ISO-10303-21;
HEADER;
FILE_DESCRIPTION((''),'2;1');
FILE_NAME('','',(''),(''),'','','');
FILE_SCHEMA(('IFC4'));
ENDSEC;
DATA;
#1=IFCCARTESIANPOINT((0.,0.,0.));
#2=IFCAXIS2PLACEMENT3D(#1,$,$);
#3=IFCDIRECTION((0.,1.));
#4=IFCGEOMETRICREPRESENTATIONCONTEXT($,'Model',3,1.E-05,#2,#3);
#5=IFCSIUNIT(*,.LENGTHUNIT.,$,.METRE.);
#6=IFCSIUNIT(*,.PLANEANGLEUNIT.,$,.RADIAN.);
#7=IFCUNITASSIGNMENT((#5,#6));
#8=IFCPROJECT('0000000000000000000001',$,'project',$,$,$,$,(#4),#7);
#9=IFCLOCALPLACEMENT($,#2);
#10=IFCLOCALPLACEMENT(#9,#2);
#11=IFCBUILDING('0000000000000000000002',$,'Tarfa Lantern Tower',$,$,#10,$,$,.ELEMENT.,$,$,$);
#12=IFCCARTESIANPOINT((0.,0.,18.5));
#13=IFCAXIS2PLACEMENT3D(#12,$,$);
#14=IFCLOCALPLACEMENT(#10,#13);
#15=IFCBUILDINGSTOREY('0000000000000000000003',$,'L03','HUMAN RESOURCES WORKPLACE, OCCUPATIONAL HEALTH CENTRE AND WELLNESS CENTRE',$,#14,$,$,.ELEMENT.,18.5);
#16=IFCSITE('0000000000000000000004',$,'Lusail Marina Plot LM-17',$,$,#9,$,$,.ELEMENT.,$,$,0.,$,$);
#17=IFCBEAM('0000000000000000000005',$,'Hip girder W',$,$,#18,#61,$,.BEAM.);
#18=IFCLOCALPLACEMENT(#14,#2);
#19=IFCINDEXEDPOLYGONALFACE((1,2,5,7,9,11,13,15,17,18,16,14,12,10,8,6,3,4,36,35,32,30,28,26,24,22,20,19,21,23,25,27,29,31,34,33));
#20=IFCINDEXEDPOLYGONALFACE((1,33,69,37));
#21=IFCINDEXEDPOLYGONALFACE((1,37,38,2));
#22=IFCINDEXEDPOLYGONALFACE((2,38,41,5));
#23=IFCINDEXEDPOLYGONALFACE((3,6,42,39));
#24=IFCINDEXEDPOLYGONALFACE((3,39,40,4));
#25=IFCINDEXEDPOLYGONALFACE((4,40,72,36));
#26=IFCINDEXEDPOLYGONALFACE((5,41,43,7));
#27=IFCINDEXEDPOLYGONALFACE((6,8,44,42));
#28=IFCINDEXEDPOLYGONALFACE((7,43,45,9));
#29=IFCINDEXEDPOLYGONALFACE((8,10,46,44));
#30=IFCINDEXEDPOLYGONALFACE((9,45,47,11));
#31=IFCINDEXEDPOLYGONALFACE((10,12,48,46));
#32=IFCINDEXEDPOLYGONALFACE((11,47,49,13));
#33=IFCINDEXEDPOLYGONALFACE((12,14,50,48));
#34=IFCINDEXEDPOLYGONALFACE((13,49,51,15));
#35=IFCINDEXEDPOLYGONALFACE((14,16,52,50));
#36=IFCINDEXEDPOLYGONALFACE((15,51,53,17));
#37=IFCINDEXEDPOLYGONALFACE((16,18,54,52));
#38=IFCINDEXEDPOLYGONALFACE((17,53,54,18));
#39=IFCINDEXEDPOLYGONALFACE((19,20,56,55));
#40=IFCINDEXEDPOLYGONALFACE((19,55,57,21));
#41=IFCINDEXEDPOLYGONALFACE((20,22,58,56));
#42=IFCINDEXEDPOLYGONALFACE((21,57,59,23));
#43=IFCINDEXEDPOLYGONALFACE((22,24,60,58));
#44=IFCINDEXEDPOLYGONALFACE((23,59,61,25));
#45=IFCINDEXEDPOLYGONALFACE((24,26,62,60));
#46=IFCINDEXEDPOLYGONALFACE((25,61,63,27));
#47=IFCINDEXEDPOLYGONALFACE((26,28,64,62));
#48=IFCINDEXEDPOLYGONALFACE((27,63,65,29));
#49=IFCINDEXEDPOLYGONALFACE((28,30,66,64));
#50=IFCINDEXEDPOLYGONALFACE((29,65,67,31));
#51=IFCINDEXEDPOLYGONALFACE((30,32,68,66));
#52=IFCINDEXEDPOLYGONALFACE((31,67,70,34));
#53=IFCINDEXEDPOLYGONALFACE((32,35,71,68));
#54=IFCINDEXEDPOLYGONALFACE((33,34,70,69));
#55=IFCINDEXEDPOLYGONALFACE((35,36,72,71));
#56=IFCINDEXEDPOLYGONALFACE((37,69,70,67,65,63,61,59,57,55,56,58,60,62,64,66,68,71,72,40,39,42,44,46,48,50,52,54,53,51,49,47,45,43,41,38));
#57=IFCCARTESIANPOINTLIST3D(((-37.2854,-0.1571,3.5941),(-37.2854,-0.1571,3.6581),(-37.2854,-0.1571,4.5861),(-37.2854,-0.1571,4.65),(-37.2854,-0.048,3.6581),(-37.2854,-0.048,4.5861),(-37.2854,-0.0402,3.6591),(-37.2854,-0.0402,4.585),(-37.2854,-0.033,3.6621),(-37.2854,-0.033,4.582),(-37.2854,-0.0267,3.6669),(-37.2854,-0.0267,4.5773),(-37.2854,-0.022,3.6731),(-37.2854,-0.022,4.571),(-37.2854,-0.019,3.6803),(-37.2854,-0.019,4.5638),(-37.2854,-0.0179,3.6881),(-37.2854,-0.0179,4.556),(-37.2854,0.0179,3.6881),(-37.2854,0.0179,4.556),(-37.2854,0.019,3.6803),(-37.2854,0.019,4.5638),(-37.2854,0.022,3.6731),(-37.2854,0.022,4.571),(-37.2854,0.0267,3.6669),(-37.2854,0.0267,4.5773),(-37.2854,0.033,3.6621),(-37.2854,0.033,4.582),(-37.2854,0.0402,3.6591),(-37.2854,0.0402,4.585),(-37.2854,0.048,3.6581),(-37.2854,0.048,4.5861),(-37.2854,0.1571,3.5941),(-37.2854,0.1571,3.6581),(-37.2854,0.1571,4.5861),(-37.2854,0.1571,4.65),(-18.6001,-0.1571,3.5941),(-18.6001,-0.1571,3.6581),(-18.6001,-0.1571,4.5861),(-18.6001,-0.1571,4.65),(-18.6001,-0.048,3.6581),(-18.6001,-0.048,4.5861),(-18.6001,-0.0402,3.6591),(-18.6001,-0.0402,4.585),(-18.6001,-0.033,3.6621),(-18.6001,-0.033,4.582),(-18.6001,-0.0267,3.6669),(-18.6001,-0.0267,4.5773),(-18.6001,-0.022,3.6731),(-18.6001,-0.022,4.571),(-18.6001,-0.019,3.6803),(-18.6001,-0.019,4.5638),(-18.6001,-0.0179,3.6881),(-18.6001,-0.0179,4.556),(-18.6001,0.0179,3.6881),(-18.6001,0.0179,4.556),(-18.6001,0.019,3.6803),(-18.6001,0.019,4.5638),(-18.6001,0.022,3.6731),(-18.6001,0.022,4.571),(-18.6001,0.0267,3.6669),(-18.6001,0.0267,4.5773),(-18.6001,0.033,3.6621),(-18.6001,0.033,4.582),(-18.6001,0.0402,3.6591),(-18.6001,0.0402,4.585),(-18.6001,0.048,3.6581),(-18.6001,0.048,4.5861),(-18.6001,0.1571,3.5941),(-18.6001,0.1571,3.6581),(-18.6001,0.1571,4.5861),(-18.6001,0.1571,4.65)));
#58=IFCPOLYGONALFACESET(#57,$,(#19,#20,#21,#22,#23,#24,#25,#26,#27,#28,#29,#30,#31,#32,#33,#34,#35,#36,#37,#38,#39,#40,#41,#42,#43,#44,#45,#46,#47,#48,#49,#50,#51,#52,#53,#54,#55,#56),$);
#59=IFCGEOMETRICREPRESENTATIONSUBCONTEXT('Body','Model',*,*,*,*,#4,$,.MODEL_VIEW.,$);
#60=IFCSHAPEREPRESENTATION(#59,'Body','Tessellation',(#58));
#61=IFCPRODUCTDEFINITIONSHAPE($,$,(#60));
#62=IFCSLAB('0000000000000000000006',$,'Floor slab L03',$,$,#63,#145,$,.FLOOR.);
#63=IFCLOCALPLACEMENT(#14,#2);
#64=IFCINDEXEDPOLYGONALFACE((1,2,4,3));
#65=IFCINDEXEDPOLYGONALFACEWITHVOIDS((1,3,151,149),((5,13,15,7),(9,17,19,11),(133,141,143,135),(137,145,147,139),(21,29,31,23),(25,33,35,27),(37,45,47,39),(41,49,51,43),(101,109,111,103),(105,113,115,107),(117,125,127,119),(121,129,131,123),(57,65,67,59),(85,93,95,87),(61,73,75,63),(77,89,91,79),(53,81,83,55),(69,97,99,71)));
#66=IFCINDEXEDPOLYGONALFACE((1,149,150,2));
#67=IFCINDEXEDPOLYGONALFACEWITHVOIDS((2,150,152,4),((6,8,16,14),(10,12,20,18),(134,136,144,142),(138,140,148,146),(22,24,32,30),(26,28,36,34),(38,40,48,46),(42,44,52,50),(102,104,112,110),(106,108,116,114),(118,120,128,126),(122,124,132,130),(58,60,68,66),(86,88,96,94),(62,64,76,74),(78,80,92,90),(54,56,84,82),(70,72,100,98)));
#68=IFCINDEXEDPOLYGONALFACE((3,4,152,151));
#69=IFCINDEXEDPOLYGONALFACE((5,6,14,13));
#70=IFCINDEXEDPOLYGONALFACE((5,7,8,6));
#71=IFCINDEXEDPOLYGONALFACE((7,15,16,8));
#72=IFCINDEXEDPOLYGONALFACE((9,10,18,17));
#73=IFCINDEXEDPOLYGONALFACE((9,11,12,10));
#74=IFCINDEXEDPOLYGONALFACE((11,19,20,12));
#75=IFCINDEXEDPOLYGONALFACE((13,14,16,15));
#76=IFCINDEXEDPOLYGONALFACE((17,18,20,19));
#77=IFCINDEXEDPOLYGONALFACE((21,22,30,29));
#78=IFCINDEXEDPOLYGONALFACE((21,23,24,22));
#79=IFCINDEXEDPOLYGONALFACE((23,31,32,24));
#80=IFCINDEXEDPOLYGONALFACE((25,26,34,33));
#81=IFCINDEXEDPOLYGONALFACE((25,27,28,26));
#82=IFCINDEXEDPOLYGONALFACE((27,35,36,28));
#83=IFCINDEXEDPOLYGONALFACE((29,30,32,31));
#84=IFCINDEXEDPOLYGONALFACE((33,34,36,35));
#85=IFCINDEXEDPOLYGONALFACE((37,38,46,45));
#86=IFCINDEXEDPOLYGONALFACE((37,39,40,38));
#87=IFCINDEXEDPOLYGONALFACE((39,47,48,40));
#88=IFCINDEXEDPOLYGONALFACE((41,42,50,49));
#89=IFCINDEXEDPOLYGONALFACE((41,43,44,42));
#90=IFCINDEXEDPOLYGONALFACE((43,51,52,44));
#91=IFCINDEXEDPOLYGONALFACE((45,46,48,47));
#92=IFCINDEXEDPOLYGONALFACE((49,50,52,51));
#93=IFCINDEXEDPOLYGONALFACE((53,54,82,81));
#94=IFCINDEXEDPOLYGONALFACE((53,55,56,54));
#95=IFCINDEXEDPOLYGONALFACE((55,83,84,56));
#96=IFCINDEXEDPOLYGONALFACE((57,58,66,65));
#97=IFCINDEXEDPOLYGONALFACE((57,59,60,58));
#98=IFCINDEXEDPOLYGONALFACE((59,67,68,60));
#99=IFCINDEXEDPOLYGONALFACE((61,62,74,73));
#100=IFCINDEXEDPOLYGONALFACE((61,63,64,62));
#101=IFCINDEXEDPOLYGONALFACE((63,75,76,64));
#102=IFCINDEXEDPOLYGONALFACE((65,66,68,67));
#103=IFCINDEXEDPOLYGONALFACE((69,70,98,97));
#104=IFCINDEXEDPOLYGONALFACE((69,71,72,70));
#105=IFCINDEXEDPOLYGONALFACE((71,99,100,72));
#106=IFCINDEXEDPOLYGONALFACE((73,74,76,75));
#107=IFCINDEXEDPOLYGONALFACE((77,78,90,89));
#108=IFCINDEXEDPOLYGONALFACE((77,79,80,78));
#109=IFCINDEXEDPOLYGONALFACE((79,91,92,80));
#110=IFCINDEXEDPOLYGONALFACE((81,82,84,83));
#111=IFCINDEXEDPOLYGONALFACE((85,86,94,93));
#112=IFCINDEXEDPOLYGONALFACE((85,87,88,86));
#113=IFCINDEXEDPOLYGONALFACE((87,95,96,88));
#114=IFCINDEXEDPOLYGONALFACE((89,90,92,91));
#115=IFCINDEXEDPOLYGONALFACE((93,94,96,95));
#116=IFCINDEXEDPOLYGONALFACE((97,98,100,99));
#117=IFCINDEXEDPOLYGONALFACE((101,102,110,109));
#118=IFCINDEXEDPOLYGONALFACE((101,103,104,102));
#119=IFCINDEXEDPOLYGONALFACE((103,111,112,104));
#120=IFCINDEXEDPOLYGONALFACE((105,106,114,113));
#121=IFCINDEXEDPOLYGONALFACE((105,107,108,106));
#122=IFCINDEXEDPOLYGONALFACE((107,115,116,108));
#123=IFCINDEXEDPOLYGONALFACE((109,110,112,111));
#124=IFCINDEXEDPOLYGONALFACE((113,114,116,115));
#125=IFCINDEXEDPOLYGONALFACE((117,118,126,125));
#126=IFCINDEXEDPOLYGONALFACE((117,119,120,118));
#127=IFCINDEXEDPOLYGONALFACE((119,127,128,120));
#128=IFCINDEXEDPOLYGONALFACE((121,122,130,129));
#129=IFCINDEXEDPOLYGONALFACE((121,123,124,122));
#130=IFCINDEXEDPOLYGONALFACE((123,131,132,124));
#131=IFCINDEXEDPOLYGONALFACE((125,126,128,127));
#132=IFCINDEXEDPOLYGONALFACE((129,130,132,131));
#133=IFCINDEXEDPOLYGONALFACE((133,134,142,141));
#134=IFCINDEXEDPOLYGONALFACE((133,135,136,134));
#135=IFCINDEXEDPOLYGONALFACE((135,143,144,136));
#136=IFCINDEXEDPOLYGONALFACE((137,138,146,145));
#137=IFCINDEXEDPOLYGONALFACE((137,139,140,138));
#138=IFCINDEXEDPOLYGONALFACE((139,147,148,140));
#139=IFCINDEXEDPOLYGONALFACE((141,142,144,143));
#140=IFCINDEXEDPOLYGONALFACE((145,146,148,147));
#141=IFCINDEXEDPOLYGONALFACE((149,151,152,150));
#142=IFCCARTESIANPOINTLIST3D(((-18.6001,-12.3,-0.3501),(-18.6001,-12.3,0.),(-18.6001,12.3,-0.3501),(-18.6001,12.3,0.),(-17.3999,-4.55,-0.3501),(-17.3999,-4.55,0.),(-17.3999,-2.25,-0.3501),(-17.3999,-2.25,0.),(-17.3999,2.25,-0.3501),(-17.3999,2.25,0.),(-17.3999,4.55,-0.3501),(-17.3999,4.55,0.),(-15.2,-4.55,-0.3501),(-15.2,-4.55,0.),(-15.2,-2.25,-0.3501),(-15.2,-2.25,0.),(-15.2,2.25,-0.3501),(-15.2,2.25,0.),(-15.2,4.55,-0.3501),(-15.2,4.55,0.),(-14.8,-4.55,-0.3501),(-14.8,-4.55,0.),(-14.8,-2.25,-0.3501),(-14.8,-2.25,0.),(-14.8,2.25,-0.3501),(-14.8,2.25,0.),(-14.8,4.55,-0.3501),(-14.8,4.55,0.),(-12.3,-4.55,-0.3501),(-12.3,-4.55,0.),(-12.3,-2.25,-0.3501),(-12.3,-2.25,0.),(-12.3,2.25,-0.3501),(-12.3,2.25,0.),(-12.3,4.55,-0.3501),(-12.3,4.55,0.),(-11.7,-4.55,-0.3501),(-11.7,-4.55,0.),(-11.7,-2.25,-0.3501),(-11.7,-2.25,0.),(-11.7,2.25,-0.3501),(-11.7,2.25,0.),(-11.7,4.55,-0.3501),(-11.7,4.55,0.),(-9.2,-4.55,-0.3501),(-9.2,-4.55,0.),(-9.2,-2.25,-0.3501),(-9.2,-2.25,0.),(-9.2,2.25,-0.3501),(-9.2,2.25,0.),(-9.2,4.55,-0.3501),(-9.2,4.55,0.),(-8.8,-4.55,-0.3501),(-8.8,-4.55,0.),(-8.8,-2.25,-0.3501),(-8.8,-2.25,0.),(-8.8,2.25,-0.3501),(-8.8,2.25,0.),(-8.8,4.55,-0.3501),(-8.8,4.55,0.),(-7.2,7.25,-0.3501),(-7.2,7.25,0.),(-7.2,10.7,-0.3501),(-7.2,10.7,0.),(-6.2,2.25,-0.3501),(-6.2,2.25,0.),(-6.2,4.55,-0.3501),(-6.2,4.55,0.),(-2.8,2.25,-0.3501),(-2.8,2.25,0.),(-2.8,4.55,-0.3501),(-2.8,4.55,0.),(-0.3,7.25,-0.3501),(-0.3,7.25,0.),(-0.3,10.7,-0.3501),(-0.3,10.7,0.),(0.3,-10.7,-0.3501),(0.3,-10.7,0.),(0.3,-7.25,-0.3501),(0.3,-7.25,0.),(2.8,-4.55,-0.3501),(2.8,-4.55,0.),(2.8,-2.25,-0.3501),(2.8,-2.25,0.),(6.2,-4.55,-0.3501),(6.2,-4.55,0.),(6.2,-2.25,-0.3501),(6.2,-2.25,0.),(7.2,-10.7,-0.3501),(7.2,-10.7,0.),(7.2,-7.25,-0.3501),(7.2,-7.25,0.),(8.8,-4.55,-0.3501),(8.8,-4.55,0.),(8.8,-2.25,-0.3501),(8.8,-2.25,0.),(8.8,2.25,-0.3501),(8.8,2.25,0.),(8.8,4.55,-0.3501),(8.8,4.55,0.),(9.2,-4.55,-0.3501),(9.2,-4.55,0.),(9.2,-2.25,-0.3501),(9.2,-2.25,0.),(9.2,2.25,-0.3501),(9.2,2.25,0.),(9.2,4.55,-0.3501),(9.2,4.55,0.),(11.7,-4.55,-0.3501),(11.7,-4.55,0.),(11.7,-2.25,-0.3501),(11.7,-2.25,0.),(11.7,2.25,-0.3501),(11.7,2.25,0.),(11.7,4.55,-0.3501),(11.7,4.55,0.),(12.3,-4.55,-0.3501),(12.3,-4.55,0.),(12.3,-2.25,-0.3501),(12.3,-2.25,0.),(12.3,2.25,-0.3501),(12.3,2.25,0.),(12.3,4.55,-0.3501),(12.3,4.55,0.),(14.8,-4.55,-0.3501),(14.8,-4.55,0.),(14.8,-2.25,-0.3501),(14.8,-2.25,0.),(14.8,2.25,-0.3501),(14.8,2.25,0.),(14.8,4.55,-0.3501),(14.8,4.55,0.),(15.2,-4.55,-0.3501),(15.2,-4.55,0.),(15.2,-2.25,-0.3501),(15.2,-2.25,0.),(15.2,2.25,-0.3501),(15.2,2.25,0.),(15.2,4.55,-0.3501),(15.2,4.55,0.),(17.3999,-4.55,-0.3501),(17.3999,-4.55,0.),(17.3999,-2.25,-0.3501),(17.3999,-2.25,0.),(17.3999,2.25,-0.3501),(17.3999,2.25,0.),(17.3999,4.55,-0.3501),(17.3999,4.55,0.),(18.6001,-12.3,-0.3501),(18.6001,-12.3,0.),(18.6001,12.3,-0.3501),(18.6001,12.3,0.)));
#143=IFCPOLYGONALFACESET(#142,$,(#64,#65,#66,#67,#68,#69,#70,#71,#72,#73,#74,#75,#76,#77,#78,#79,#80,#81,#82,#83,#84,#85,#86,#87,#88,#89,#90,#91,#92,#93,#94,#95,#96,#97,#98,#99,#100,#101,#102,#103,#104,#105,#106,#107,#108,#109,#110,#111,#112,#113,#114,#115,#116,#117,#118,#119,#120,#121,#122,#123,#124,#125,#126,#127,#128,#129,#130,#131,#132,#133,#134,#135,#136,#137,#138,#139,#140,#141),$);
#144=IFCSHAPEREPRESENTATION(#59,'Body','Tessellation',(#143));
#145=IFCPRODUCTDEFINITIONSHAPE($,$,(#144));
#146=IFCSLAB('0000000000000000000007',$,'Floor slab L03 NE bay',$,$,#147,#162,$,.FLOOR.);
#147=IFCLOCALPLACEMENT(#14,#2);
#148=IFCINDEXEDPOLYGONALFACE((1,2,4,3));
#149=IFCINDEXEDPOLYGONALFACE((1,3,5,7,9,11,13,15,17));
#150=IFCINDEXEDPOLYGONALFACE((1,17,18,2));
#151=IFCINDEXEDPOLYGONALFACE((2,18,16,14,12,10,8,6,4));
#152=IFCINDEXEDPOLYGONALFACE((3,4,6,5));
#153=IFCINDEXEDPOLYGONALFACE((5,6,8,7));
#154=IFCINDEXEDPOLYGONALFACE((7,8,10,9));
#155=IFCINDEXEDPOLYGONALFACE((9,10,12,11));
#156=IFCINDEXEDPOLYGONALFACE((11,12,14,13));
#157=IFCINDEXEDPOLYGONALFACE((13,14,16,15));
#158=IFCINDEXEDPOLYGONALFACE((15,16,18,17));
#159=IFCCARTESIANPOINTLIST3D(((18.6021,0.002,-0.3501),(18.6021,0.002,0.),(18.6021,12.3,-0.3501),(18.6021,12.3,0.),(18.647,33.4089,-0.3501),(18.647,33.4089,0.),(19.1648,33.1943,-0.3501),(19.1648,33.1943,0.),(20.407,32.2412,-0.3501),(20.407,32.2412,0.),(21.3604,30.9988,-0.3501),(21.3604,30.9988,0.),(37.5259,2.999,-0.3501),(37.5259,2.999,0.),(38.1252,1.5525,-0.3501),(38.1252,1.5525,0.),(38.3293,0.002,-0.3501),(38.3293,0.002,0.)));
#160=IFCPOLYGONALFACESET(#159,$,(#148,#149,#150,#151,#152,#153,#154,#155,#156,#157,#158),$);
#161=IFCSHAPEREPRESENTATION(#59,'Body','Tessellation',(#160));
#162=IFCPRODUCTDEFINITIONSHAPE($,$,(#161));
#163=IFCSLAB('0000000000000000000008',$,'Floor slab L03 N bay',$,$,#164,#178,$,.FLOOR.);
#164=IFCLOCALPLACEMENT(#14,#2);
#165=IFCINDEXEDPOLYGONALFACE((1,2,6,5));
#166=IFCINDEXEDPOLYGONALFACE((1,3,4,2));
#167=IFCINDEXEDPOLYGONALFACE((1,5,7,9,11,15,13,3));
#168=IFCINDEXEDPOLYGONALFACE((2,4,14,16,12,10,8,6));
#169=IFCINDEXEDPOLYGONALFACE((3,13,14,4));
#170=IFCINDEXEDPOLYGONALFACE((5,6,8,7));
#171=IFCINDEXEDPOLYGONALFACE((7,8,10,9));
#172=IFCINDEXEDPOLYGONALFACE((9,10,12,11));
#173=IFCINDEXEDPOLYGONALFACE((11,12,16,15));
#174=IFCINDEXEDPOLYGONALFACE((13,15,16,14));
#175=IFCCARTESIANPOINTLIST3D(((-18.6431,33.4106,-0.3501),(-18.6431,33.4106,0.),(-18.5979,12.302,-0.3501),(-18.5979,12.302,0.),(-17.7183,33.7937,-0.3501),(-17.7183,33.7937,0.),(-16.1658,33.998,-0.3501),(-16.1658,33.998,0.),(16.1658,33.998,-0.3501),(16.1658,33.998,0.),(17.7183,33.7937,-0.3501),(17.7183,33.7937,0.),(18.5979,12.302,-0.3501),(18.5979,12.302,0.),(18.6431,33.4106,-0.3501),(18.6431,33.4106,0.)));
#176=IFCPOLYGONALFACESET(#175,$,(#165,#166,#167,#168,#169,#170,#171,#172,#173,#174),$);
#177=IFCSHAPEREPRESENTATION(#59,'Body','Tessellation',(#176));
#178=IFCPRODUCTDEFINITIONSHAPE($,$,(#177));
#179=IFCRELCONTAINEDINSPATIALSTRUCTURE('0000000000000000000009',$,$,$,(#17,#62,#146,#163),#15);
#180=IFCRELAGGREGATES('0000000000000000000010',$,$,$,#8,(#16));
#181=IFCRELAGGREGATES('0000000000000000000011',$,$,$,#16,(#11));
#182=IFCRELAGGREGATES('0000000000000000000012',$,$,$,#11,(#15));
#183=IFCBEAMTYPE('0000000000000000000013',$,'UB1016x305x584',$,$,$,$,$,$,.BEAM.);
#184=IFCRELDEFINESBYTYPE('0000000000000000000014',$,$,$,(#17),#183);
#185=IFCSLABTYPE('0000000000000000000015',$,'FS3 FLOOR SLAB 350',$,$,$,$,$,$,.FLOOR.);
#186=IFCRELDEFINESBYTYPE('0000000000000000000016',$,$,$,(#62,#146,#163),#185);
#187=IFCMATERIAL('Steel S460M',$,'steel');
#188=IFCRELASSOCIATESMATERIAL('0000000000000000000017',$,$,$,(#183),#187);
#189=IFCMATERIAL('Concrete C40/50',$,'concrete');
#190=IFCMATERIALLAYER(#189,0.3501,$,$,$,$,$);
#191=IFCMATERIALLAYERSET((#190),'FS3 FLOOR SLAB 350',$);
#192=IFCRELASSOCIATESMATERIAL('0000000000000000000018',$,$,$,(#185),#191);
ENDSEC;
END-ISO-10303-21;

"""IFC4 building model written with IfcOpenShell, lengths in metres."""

from ifc_helpers import new_model, si_unit, direction, frame, origin, origin_2d, place, context, subcontext, project, spatial, polyline, i_section, outline, extrude, material, layer, layer_set, material_profile, profile_set, type_object, element, save


model = new_model("IFC4")

# Units and contexts
model_context = context("Model", 3, precision=1e-05, world=origin(), true_north=direction((0.0, 1.0)))
body_context = subcontext(model_context, "Body", "Model", "MODEL_VIEW")
ifc_project = project(units=[si_unit("LENGTHUNIT", "METRE"), si_unit("PLANEANGLEUNIT", "RADIAN")], contexts=[model_context])

# Site, building, storey
site_placement = place(None, origin())
site = spatial("IfcSite", under=ifc_project, at=site_placement, Name="Lusail Marina Plot LM-17", CompositionType="ELEMENT", RefElevation=0.0)
building_placement = place(site_placement, origin())
building = spatial("IfcBuilding", under=site, at=building_placement, Name="Tarfa Lantern Tower", CompositionType="ELEMENT")
storey_placement = place(building_placement, frame((0.0, 0.0, 18.5)))
storey = spatial("IfcBuildingStorey", under=building, at=storey_placement, Name="L03", Description="HUMAN RESOURCES WORKPLACE, OCCUPATIONAL HEALTH CENTRE AND WELLNESS CENTRE", CompositionType="ELEMENT", Elevation=18.5)

# Beam
ifc_material_1 = material(Name="Steel S460M", Category="steel")
ifc_material_profile = material_profile(ifc_material_1, i_section(OverallWidth=0.3142, OverallDepth=1.0559, WebThickness=0.0359, FlangeThickness=0.064, FilletRadius=0.03, at=origin_2d()), Name="UB1016x305x584")
ifc_profile_set = profile_set([ifc_material_profile], Name="Steel S460M")
beam_type = type_object("IfcBeamType", Name="UB1016x305x584", PredefinedType="BEAM", material=ifc_profile_set)
beam_placement = place(storey_placement, frame((-18.6001, 0.0, 4.1221), z_axis=(-1.0, 0.0, 0.0), x_axis=(0.0, -1.0, 0.0)))
element("IfcBeam", 1, at=beam_placement, inside=storey, type_object=beam_type, Name="Hip girder W", PredefinedType="BEAM", context=body_context, shape_type="SweptSolid", body=[
    extrude(i_section(OverallWidth=0.3142, OverallDepth=1.0559, WebThickness=0.0359, FlangeThickness=0.064, FilletRadius=0.03, at=origin_2d()), origin(), (0.0, 0.0, 1.0), 18.6853),
])

# Slabs
ifc_material_2 = material(Name="Concrete C40/50", Category="concrete")
ifc_layer_1 = layer(ifc_material_2, 0.3501)
ifc_layer_set_1 = layer_set([ifc_layer_1], Name="FS3 FLOOR SLAB 350")
slab_type = type_object("IfcSlabType", Name="FS3 FLOOR SLAB 350", PredefinedType="FLOOR", material=ifc_layer_set_1)
slab_1_placement = place(storey_placement, frame((0.0, 0.0, -0.3501)))
element("IfcSlab", 2, at=slab_1_placement, inside=storey, type_object=slab_type, Name="Floor slab L03", PredefinedType="FLOOR", context=body_context, shape_type="SweptSolid", body=[
    extrude(outline(polyline([(-18.6001, -12.3), (18.6001, -12.3), (18.6001, 12.3), (-18.6001, 12.3), (-18.6001, -12.3)]), holes=[polyline([(-17.3999, 2.25), (-15.2, 2.25), (-15.2, 4.55), (-17.3999, 4.55), (-17.3999, 2.25)]), polyline([(-14.8, 2.25), (-12.3, 2.25), (-12.3, 4.55), (-14.8, 4.55), (-14.8, 2.25)]), polyline([(-11.7, 2.25), (-9.2, 2.25), (-9.2, 4.55), (-11.7, 4.55), (-11.7, 2.25)]), polyline([(-8.8, 2.25), (-6.2, 2.25), (-6.2, 4.55), (-8.8, 4.55), (-8.8, 2.25)]), polyline([(-2.8, 2.25), (8.8, 2.25), (8.8, 4.55), (-2.8, 4.55), (-2.8, 2.25)]), polyline([(9.2, 2.25), (11.7, 2.25), (11.7, 4.55), (9.2, 4.55), (9.2, 2.25)]), polyline([(12.3, 2.25), (14.8, 2.25), (14.8, 4.55), (12.3, 4.55), (12.3, 2.25)]), polyline([(15.2, 2.25), (17.3999, 2.25), (17.3999, 4.55), (15.2, 4.55), (15.2, 2.25)]), polyline([(17.3999, -2.25), (15.2, -2.25), (15.2, -4.55), (17.3999, -4.55), (17.3999, -2.25)]), polyline([(14.8, -2.25), (12.3, -2.25), (12.3, -4.55), (14.8, -4.55), (14.8, -2.25)]), polyline([(11.7, -2.25), (9.2, -2.25), (9.2, -4.55), (11.7, -4.55), (11.7, -2.25)]), polyline([(8.8, -2.25), (6.2, -2.25), (6.2, -4.55), (8.8, -4.55), (8.8, -2.25)]), polyline([(2.8, -2.25), (-8.8, -2.25), (-8.8, -4.55), (2.8, -4.55), (2.8, -2.25)]), polyline([(-9.2, -2.25), (-11.7, -2.25), (-11.7, -4.55), (-9.2, -4.55), (-9.2, -2.25)]), polyline([(-12.3, -2.25), (-14.8, -2.25), (-14.8, -4.55), (-12.3, -4.55), (-12.3, -2.25)]), polyline([(-15.2, -2.25), (-17.3999, -2.25), (-17.3999, -4.55), (-15.2, -4.55), (-15.2, -2.25)]), polyline([(-7.2, 7.25), (-0.3, 7.25), (-0.3, 10.7), (-7.2, 10.7), (-7.2, 7.25)]), polyline([(7.2, -7.25), (0.3, -7.25), (0.3, -10.7), (7.2, -10.7), (7.2, -7.25)])]), origin(), (0.0, 0.0, 1.0), 0.3501),
])
slab_2_placement = place(storey_placement, frame((0.0, 0.0, -0.3501)))
element("IfcSlab", 3, at=slab_2_placement, inside=storey, type_object=slab_type, Name="Floor slab L03 NE bay", PredefinedType="FLOOR", context=body_context, shape_type="SweptSolid", body=[
    extrude(outline(polyline([(37.5259, 2.999), (21.3604, 30.9988), (20.407, 32.2412), (19.1648, 33.1943), (18.647, 33.4089), (18.6021, 12.3), (18.6021, 0.002), (38.3293, 0.002), (38.1252, 1.5525), (37.5259, 2.999)])), origin(), (0.0, 0.0, 1.0), 0.3501),
])
slab_3_placement = place(storey_placement, frame((0.0, 0.0, -0.3501)))
element("IfcSlab", 4, at=slab_3_placement, inside=storey, type_object=slab_type, Name="Floor slab L03 N bay", PredefinedType="FLOOR", context=body_context, shape_type="SweptSolid", body=[
    extrude(outline(polyline([(-18.5979, 12.302), (18.5979, 12.302), (18.6431, 33.4106), (17.7183, 33.7937), (16.1658, 33.998), (-16.1658, 33.998), (-17.7183, 33.7937), (-18.6431, 33.4106), (-18.5979, 12.302)])), origin(), (0.0, 0.0, 1.0), 0.3501),
])

save(model, "model.ifc")
